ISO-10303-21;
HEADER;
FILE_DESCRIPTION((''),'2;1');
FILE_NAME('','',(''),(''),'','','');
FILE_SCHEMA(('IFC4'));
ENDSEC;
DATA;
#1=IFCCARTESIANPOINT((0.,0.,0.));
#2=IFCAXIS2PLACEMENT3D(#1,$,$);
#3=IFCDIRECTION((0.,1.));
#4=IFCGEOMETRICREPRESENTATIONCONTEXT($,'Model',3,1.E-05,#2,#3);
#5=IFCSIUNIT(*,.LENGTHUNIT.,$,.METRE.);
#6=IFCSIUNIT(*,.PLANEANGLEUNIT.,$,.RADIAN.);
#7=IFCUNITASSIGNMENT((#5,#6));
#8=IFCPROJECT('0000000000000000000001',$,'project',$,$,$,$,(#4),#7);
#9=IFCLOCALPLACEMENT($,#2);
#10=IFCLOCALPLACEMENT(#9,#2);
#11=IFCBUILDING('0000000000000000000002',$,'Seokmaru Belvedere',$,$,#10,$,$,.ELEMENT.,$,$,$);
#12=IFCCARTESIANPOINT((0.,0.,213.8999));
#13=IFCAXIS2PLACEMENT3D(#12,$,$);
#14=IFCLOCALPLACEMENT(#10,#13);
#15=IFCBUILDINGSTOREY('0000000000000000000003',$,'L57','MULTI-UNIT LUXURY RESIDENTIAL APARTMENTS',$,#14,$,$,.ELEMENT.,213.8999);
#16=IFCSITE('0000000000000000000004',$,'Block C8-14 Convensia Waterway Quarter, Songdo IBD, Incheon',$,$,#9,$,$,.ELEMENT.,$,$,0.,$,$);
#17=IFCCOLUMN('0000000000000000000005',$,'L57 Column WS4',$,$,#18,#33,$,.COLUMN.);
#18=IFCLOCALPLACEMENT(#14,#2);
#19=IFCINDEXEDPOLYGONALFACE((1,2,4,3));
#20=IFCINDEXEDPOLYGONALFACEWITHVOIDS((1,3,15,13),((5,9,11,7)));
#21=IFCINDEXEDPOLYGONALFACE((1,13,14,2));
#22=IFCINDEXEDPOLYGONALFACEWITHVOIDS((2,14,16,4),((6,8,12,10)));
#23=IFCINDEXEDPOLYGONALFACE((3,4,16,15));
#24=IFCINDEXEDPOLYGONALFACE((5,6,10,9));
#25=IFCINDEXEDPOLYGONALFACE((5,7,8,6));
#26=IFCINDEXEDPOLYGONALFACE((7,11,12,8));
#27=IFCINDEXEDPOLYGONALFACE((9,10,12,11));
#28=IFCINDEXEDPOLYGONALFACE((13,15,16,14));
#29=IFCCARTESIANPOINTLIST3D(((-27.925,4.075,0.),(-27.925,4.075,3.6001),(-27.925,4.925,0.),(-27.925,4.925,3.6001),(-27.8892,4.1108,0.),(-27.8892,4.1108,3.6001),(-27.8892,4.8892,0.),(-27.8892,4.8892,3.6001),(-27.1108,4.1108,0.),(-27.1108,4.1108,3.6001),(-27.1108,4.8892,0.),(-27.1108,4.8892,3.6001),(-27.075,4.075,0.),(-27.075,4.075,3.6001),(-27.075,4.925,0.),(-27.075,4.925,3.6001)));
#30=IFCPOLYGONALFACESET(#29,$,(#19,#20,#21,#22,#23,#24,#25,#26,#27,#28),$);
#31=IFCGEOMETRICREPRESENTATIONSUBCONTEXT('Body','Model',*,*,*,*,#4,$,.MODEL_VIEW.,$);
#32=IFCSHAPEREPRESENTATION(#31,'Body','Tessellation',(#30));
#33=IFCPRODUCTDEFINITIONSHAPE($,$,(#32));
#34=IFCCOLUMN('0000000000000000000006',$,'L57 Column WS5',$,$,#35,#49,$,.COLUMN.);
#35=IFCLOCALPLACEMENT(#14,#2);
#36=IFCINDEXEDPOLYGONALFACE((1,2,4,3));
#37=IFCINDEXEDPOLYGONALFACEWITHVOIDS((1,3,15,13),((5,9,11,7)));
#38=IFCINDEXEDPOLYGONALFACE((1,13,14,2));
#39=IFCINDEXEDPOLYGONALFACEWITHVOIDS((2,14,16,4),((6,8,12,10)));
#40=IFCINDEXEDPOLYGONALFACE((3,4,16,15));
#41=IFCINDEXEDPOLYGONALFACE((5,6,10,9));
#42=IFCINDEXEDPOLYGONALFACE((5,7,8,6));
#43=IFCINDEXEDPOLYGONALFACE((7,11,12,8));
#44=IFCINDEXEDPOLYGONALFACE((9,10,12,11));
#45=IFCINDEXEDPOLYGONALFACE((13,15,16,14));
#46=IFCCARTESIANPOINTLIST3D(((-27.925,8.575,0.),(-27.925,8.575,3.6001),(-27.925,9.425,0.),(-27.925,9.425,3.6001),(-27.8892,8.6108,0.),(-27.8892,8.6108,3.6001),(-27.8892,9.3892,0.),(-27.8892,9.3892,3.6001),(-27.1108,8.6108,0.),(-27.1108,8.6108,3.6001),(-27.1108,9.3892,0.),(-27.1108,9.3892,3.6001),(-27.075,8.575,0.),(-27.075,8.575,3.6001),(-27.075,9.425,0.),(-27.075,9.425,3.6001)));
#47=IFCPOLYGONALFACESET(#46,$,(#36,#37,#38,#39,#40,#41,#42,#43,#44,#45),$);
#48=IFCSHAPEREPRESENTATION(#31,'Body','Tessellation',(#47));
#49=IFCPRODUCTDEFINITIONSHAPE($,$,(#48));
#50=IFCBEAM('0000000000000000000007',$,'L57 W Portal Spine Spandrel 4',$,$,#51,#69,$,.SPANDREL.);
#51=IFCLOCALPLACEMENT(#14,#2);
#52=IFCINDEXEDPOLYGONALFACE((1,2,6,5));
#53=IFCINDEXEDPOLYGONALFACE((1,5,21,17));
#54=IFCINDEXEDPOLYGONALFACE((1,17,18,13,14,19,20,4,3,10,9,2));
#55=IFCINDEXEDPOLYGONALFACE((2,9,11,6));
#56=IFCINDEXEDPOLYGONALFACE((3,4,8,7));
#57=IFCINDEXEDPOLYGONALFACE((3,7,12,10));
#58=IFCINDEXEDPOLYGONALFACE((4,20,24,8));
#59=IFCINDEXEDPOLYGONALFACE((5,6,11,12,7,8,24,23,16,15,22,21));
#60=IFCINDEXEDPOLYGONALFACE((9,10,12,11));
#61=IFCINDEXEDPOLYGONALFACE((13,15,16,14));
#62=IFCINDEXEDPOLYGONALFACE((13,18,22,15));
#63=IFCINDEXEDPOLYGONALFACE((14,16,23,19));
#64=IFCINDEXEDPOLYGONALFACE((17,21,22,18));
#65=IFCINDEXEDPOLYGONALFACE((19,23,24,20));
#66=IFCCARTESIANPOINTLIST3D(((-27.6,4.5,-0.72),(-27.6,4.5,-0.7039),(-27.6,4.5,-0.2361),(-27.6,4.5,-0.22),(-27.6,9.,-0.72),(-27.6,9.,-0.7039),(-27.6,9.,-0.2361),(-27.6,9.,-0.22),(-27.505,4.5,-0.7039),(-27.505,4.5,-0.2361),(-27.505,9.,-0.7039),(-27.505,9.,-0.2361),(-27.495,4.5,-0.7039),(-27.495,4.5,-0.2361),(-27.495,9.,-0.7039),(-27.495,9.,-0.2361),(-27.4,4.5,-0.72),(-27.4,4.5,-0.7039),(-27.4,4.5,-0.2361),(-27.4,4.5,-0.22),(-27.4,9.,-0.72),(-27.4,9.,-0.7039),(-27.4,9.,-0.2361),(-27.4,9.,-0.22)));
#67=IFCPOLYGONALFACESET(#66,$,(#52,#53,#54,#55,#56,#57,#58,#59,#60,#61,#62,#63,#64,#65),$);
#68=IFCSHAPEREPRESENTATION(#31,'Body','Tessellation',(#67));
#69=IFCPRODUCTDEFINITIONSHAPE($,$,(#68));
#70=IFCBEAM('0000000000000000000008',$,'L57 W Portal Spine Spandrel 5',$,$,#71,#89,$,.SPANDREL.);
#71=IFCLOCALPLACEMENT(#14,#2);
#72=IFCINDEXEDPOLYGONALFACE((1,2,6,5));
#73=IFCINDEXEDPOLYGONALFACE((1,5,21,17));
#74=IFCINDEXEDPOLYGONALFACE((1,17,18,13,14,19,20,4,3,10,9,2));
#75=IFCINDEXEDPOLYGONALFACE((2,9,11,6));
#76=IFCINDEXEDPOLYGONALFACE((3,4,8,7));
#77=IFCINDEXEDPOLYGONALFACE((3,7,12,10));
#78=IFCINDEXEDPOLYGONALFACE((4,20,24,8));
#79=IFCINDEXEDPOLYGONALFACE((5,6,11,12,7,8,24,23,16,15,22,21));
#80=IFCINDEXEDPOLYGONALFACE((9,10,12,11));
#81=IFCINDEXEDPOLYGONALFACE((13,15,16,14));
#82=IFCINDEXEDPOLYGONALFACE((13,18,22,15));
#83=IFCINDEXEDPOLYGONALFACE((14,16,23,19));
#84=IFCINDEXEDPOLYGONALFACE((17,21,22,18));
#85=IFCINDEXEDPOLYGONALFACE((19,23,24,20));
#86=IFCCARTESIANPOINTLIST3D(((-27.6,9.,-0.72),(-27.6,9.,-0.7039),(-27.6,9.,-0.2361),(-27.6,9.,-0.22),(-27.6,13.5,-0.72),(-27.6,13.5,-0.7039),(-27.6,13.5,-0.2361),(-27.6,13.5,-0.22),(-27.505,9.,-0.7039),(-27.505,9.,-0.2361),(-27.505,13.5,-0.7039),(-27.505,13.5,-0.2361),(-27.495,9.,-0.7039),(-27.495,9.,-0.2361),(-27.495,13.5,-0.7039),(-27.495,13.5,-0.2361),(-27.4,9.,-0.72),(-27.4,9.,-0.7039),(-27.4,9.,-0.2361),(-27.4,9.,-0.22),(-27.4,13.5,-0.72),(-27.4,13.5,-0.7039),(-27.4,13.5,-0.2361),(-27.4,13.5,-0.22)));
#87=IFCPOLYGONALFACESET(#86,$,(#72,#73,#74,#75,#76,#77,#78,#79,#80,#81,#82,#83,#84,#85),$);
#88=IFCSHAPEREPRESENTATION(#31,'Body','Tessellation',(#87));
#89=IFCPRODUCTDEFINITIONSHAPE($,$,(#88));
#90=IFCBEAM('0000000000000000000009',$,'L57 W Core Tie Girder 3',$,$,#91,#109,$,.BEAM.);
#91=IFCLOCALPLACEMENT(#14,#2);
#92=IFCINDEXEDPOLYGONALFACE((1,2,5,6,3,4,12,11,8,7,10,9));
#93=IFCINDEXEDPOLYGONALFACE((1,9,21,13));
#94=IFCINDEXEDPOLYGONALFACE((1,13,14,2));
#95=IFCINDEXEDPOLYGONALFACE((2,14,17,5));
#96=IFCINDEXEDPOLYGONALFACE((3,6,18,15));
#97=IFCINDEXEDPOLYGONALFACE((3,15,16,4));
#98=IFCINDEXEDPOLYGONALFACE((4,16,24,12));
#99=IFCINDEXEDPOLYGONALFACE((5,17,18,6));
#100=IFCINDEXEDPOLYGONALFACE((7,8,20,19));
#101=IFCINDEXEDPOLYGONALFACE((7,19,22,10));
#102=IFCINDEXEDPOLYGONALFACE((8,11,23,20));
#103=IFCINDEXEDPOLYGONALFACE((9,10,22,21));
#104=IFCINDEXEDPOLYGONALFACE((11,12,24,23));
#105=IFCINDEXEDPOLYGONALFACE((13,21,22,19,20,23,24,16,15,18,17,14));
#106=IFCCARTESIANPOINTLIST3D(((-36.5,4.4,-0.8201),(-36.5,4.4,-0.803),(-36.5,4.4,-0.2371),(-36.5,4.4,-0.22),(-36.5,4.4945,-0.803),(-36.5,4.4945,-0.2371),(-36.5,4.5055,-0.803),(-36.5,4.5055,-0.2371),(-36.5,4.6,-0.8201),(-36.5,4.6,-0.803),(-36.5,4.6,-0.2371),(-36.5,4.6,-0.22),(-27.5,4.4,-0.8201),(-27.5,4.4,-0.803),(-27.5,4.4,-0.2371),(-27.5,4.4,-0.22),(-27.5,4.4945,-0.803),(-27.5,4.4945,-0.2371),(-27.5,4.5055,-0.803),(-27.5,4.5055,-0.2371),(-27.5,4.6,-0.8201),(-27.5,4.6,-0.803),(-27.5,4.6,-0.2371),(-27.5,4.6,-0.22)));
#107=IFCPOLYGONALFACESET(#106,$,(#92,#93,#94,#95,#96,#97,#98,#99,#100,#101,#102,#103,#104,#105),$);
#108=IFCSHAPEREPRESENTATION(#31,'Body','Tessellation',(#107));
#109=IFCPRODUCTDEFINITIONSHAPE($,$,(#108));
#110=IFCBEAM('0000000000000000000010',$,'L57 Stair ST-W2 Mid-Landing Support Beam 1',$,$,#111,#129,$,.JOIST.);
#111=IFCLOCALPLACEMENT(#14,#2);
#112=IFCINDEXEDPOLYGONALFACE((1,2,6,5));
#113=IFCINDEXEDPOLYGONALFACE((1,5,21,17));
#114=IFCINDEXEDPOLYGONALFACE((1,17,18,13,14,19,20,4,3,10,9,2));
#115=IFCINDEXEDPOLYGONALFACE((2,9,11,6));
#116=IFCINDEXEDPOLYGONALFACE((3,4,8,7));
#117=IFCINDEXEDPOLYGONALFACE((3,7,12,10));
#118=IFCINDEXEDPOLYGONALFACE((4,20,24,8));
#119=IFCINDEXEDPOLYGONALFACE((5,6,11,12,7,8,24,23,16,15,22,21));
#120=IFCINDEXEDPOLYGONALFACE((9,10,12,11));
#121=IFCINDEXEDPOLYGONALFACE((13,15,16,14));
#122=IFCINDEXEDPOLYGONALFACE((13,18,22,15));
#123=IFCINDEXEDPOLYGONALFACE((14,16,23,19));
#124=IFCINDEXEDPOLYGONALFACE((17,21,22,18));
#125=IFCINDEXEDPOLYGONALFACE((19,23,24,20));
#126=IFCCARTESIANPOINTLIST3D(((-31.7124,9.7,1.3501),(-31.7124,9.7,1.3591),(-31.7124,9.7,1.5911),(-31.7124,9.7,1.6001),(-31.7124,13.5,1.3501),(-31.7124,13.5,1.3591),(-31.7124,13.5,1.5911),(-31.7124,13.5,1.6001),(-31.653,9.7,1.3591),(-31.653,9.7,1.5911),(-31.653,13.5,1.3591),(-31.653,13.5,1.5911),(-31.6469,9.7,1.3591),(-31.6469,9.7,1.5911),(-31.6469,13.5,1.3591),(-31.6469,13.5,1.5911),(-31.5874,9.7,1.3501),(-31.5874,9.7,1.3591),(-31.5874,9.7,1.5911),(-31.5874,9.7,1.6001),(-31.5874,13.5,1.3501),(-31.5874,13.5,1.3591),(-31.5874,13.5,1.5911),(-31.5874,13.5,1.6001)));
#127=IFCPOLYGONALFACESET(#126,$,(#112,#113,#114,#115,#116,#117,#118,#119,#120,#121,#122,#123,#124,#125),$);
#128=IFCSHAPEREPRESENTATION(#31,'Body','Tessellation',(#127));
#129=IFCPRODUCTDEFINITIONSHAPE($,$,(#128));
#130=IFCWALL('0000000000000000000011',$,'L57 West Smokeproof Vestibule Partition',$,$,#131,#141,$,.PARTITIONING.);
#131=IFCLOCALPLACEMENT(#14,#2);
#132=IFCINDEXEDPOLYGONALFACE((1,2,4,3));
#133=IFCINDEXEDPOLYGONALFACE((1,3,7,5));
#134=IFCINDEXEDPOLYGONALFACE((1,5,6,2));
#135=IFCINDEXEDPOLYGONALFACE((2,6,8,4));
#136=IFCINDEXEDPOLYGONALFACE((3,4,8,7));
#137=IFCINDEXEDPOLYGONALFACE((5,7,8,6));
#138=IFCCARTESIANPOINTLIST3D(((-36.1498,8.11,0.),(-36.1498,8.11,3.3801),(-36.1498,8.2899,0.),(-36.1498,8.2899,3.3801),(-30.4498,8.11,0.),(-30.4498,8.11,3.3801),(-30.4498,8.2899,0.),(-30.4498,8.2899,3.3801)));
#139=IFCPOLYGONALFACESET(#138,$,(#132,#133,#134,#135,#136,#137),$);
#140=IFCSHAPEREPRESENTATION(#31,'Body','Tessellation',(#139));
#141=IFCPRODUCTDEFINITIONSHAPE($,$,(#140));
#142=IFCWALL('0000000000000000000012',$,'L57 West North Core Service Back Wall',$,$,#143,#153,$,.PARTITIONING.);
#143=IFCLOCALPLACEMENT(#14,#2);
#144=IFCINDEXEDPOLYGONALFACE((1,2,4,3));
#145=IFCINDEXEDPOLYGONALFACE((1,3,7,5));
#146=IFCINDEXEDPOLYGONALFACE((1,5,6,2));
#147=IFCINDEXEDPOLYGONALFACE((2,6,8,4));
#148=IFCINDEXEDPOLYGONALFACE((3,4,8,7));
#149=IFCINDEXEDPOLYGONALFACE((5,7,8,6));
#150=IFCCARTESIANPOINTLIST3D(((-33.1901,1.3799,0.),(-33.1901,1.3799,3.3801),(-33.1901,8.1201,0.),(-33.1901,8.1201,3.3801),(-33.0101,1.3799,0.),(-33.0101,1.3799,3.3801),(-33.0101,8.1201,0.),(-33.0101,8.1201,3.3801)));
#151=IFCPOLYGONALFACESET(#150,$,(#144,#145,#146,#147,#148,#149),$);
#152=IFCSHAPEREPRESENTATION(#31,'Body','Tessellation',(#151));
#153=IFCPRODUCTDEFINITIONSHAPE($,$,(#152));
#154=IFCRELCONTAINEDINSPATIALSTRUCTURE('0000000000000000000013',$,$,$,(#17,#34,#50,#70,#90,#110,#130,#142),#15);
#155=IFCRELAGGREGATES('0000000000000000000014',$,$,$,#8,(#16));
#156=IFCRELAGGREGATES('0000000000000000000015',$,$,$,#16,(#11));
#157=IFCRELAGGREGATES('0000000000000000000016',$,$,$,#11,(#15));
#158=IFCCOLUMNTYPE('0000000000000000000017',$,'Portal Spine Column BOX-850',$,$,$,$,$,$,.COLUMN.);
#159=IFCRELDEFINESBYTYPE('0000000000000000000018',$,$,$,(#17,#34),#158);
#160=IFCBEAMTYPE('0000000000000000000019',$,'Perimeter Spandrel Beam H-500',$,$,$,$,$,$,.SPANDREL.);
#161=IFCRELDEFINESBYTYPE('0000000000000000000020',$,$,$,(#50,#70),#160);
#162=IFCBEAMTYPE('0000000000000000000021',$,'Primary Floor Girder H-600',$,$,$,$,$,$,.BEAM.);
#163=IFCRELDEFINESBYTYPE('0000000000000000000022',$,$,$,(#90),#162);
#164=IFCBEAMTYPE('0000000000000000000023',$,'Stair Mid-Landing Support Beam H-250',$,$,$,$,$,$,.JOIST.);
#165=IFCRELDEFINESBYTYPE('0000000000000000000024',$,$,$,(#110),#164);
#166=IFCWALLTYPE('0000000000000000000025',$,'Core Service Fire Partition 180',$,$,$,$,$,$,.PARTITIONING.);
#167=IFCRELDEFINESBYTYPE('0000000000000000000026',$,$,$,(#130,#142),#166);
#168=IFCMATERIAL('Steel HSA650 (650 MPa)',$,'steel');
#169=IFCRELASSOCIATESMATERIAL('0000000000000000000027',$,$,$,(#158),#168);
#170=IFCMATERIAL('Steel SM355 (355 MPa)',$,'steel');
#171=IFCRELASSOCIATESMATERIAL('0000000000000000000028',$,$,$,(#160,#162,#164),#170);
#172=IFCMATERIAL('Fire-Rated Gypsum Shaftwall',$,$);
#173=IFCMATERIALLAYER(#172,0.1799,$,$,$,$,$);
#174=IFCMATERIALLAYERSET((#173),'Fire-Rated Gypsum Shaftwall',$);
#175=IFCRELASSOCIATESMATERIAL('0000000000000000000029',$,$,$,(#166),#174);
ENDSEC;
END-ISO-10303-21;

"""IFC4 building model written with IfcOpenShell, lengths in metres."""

from ifc_helpers import new_model, si_unit, direction, frame, frame_2d, origin, origin_2d, place, context, subcontext, project, spatial, rectangle, hollow_rectangle, i_section, extrude, source, transform, mapped, material, layer, layer_set, material_profile, profile_set, type_object, type_shapes, element, save


model = new_model("IFC4")

# Units and contexts
model_context = context("Model", 3, precision=1e-05, world=origin(), true_north=direction((0.0, 1.0)))
body_context = subcontext(model_context, "Body", "Model", "MODEL_VIEW")
ifc_project = project(units=[si_unit("LENGTHUNIT", "METRE"), si_unit("PLANEANGLEUNIT", "RADIAN")], contexts=[model_context])

# Site, building, storey
site_placement = place(None, origin())
site = spatial("IfcSite", under=ifc_project, at=site_placement, Name="Block C8-14 Convensia Waterway Quarter, Songdo IBD, Incheon", CompositionType="ELEMENT", RefElevation=0.0)
building_placement = place(site_placement, origin())
building = spatial("IfcBuilding", under=site, at=building_placement, Name="Seokmaru Belvedere", CompositionType="ELEMENT")
storey_placement = place(building_placement, frame((0.0, 0.0, 213.8999)))
storey = spatial("IfcBuildingStorey", under=building, at=storey_placement, Name="L57", Description="MULTI-UNIT LUXURY RESIDENTIAL APARTMENTS", CompositionType="ELEMENT", Elevation=213.8999)

# Columns
ifc_material_1 = material(Name="Steel HSA650 (650 MPa)", Category="steel")
ifc_material_profile_1 = material_profile(ifc_material_1, hollow_rectangle(XDim=0.8501, YDim=0.8501, WallThickness=0.0359, at=origin_2d()), Name="BOX-850x850x36")
ifc_profile_set_1 = profile_set([ifc_material_profile_1], Name="Steel HSA650 (650 MPa)")
column_type = type_object("IfcColumnType", Name="Portal Spine Column BOX-850", PredefinedType="COLUMN", material=ifc_profile_set_1)
shared_shape_1 = source(origin(), body_context, "Body", "SweptSolid", [
    extrude(hollow_rectangle(XDim=0.8501, YDim=0.8501, WallThickness=0.0359, at=origin_2d()), origin(), (0.0, 0.0, 1.0), 3.6001),
])
type_shapes(column_type, [shared_shape_1])
for number, where, z_axis, x_axis, name in (
    (1, (-27.5, 4.5, 0.0), (0.0, 0.0, 1.0), (1.0, 0.0, 0.0), "L57 Column WS4"),
    (2, (-27.5, 9.0, 0.0), (0.0, 0.0, 1.0), (1.0, 0.0, 0.0), "L57 Column WS5"),
):
    element("IfcColumn", number, at=place(storey_placement, frame(where, z_axis=z_axis, x_axis=x_axis)), inside=storey, type_object=column_type, Name=name, PredefinedType="COLUMN", context=body_context, shape_type="MappedRepresentation", body=[
        mapped(shared_shape_1, transform((0.0, 0.0, 0.0), scale=1.0)),
    ])

# Beams
ifc_material_2 = material(Name="Steel SM355 (355 MPa)", Category="steel")
ifc_material_profile_2 = material_profile(ifc_material_2, i_section(OverallWidth=0.2, OverallDepth=0.5, WebThickness=0.01, FlangeThickness=0.0161, at=origin_2d()), Name="H-500x200x10x16")
ifc_profile_set_2 = profile_set([ifc_material_profile_2], Name="Steel SM355 (355 MPa)")
beam_type_1 = type_object("IfcBeamType", Name="Perimeter Spandrel Beam H-500", PredefinedType="SPANDREL", material=ifc_profile_set_2)
shared_shape_2 = source(origin(), body_context, "Body", "SweptSolid", [
    extrude(i_section(OverallWidth=0.2, OverallDepth=0.5, WebThickness=0.01, FlangeThickness=0.0161, at=origin_2d()), origin(), (0.0, 0.0, 1.0), 4.5),
])
type_shapes(beam_type_1, [shared_shape_2])
for number, where, z_axis, x_axis, name in (
    (3, (-27.5, 4.5, -0.47), (0.0, 1.0, 0.0), (-1.0, 0.0, 0.0), "L57 W Portal Spine Spandrel 4"),
    (4, (-27.5, 9.0, -0.47), (0.0, 1.0, 0.0), (-1.0, 0.0, 0.0), "L57 W Portal Spine Spandrel 5"),
):
    element("IfcBeam", number, at=place(storey_placement, frame(where, z_axis=z_axis, x_axis=x_axis)), inside=storey, type_object=beam_type_1, Name=name, PredefinedType="SPANDREL", context=body_context, shape_type="MappedRepresentation", body=[
        mapped(shared_shape_2, transform((0.0, 0.0, 0.0), scale=1.0)),
    ])
ifc_material_profile_3 = material_profile(ifc_material_2, i_section(OverallWidth=0.2, OverallDepth=0.6001, WebThickness=0.011, FlangeThickness=0.0171, at=origin_2d()), Name="H-600x200x11x17")
ifc_profile_set_3 = profile_set([ifc_material_profile_3], Name="Steel SM355 (355 MPa)")
beam_type_2 = type_object("IfcBeamType", Name="Primary Floor Girder H-600", PredefinedType="BEAM", material=ifc_profile_set_3)
shared_shape_3 = source(origin(), body_context, "Body", "SweptSolid", [
    extrude(i_section(OverallWidth=0.2, OverallDepth=0.6001, WebThickness=0.011, FlangeThickness=0.0171, at=origin_2d()), origin(), (0.0, 0.0, 1.0), 9.0),
])
type_shapes(beam_type_2, [shared_shape_3])
beam_1_placement = place(storey_placement, frame((-36.5, 4.5, -0.52), z_axis=(1.0, 0.0, 0.0), x_axis=(0.0, 1.0, 0.0)))
element("IfcBeam", 5, at=beam_1_placement, inside=storey, type_object=beam_type_2, Name="L57 W Core Tie Girder 3", PredefinedType="BEAM", context=body_context, shape_type="MappedRepresentation", body=[
    mapped(shared_shape_3, transform((0.0, 0.0, 0.0), scale=1.0)),
])
ifc_material_profile_4 = material_profile(ifc_material_2, i_section(OverallWidth=0.125, OverallDepth=0.25, WebThickness=0.0061, FlangeThickness=0.009, at=origin_2d()), Name="H-250x125x6x9")
ifc_profile_set_4 = profile_set([ifc_material_profile_4], Name="Steel SM355 (355 MPa)")
beam_type_3 = type_object("IfcBeamType", Name="Stair Mid-Landing Support Beam H-250", PredefinedType="JOIST", material=ifc_profile_set_4)
shared_shape_4 = source(origin(), body_context, "Body", "SweptSolid", [
    extrude(i_section(OverallWidth=0.125, OverallDepth=0.25, WebThickness=0.0061, FlangeThickness=0.009, at=origin_2d()), origin(), (0.0, 0.0, 1.0), 3.8),
])
type_shapes(beam_type_3, [shared_shape_4])
beam_2_placement = place(storey_placement, frame((-31.6499, 9.7, 1.4751), z_axis=(0.0, 1.0, 0.0), x_axis=(-1.0, 0.0, 0.0)))
element("IfcBeam", 6, at=beam_2_placement, inside=storey, type_object=beam_type_3, Name="L57 Stair ST-W2 Mid-Landing Support Beam 1", PredefinedType="JOIST", context=body_context, shape_type="MappedRepresentation", body=[
    mapped(shared_shape_4, transform((0.0, 0.0, 0.0), scale=1.0)),
])

# Walls
ifc_material_3 = material(Name="Fire-Rated Gypsum Shaftwall")
ifc_layer_1 = layer(ifc_material_3, 0.1799)
ifc_layer_set_1 = layer_set([ifc_layer_1], Name="Fire-Rated Gypsum Shaftwall")
wall_type_1 = type_object("IfcWallType", Name="Core Service Fire Partition 180", PredefinedType="PARTITIONING", material=ifc_layer_set_1)
wall_1_placement = place(storey_placement, frame((-36.1499, 8.2, 0.0), z_axis=(0.0, 0.0, 1.0), x_axis=(1.0, 0.0, 0.0)))
element("IfcWall", 7, at=wall_1_placement, inside=storey, type_object=wall_type_1, Name="L57 West Smokeproof Vestibule Partition", PredefinedType="PARTITIONING", context=body_context, shape_type="SweptSolid", body=[
    extrude(rectangle(XDim=5.7, YDim=0.1799, at=frame_2d((2.8501, 0.0))), origin(), (0.0, 0.0, 1.0), 3.3801),
])
wall_2_placement = place(storey_placement, frame((-33.1001, 1.3799, 0.0), z_axis=(0.0, 0.0, 1.0), x_axis=(0.0, 1.0, 0.0)))
element("IfcWall", 8, at=wall_2_placement, inside=storey, type_object=wall_type_1, Name="L57 West North Core Service Back Wall", PredefinedType="PARTITIONING", context=body_context, shape_type="SweptSolid", body=[
    extrude(rectangle(XDim=6.7402, YDim=0.1799, at=frame_2d((3.3701, 0.0))), origin(), (0.0, 0.0, 1.0), 3.3801),
])

save(model, "model.ifc")
